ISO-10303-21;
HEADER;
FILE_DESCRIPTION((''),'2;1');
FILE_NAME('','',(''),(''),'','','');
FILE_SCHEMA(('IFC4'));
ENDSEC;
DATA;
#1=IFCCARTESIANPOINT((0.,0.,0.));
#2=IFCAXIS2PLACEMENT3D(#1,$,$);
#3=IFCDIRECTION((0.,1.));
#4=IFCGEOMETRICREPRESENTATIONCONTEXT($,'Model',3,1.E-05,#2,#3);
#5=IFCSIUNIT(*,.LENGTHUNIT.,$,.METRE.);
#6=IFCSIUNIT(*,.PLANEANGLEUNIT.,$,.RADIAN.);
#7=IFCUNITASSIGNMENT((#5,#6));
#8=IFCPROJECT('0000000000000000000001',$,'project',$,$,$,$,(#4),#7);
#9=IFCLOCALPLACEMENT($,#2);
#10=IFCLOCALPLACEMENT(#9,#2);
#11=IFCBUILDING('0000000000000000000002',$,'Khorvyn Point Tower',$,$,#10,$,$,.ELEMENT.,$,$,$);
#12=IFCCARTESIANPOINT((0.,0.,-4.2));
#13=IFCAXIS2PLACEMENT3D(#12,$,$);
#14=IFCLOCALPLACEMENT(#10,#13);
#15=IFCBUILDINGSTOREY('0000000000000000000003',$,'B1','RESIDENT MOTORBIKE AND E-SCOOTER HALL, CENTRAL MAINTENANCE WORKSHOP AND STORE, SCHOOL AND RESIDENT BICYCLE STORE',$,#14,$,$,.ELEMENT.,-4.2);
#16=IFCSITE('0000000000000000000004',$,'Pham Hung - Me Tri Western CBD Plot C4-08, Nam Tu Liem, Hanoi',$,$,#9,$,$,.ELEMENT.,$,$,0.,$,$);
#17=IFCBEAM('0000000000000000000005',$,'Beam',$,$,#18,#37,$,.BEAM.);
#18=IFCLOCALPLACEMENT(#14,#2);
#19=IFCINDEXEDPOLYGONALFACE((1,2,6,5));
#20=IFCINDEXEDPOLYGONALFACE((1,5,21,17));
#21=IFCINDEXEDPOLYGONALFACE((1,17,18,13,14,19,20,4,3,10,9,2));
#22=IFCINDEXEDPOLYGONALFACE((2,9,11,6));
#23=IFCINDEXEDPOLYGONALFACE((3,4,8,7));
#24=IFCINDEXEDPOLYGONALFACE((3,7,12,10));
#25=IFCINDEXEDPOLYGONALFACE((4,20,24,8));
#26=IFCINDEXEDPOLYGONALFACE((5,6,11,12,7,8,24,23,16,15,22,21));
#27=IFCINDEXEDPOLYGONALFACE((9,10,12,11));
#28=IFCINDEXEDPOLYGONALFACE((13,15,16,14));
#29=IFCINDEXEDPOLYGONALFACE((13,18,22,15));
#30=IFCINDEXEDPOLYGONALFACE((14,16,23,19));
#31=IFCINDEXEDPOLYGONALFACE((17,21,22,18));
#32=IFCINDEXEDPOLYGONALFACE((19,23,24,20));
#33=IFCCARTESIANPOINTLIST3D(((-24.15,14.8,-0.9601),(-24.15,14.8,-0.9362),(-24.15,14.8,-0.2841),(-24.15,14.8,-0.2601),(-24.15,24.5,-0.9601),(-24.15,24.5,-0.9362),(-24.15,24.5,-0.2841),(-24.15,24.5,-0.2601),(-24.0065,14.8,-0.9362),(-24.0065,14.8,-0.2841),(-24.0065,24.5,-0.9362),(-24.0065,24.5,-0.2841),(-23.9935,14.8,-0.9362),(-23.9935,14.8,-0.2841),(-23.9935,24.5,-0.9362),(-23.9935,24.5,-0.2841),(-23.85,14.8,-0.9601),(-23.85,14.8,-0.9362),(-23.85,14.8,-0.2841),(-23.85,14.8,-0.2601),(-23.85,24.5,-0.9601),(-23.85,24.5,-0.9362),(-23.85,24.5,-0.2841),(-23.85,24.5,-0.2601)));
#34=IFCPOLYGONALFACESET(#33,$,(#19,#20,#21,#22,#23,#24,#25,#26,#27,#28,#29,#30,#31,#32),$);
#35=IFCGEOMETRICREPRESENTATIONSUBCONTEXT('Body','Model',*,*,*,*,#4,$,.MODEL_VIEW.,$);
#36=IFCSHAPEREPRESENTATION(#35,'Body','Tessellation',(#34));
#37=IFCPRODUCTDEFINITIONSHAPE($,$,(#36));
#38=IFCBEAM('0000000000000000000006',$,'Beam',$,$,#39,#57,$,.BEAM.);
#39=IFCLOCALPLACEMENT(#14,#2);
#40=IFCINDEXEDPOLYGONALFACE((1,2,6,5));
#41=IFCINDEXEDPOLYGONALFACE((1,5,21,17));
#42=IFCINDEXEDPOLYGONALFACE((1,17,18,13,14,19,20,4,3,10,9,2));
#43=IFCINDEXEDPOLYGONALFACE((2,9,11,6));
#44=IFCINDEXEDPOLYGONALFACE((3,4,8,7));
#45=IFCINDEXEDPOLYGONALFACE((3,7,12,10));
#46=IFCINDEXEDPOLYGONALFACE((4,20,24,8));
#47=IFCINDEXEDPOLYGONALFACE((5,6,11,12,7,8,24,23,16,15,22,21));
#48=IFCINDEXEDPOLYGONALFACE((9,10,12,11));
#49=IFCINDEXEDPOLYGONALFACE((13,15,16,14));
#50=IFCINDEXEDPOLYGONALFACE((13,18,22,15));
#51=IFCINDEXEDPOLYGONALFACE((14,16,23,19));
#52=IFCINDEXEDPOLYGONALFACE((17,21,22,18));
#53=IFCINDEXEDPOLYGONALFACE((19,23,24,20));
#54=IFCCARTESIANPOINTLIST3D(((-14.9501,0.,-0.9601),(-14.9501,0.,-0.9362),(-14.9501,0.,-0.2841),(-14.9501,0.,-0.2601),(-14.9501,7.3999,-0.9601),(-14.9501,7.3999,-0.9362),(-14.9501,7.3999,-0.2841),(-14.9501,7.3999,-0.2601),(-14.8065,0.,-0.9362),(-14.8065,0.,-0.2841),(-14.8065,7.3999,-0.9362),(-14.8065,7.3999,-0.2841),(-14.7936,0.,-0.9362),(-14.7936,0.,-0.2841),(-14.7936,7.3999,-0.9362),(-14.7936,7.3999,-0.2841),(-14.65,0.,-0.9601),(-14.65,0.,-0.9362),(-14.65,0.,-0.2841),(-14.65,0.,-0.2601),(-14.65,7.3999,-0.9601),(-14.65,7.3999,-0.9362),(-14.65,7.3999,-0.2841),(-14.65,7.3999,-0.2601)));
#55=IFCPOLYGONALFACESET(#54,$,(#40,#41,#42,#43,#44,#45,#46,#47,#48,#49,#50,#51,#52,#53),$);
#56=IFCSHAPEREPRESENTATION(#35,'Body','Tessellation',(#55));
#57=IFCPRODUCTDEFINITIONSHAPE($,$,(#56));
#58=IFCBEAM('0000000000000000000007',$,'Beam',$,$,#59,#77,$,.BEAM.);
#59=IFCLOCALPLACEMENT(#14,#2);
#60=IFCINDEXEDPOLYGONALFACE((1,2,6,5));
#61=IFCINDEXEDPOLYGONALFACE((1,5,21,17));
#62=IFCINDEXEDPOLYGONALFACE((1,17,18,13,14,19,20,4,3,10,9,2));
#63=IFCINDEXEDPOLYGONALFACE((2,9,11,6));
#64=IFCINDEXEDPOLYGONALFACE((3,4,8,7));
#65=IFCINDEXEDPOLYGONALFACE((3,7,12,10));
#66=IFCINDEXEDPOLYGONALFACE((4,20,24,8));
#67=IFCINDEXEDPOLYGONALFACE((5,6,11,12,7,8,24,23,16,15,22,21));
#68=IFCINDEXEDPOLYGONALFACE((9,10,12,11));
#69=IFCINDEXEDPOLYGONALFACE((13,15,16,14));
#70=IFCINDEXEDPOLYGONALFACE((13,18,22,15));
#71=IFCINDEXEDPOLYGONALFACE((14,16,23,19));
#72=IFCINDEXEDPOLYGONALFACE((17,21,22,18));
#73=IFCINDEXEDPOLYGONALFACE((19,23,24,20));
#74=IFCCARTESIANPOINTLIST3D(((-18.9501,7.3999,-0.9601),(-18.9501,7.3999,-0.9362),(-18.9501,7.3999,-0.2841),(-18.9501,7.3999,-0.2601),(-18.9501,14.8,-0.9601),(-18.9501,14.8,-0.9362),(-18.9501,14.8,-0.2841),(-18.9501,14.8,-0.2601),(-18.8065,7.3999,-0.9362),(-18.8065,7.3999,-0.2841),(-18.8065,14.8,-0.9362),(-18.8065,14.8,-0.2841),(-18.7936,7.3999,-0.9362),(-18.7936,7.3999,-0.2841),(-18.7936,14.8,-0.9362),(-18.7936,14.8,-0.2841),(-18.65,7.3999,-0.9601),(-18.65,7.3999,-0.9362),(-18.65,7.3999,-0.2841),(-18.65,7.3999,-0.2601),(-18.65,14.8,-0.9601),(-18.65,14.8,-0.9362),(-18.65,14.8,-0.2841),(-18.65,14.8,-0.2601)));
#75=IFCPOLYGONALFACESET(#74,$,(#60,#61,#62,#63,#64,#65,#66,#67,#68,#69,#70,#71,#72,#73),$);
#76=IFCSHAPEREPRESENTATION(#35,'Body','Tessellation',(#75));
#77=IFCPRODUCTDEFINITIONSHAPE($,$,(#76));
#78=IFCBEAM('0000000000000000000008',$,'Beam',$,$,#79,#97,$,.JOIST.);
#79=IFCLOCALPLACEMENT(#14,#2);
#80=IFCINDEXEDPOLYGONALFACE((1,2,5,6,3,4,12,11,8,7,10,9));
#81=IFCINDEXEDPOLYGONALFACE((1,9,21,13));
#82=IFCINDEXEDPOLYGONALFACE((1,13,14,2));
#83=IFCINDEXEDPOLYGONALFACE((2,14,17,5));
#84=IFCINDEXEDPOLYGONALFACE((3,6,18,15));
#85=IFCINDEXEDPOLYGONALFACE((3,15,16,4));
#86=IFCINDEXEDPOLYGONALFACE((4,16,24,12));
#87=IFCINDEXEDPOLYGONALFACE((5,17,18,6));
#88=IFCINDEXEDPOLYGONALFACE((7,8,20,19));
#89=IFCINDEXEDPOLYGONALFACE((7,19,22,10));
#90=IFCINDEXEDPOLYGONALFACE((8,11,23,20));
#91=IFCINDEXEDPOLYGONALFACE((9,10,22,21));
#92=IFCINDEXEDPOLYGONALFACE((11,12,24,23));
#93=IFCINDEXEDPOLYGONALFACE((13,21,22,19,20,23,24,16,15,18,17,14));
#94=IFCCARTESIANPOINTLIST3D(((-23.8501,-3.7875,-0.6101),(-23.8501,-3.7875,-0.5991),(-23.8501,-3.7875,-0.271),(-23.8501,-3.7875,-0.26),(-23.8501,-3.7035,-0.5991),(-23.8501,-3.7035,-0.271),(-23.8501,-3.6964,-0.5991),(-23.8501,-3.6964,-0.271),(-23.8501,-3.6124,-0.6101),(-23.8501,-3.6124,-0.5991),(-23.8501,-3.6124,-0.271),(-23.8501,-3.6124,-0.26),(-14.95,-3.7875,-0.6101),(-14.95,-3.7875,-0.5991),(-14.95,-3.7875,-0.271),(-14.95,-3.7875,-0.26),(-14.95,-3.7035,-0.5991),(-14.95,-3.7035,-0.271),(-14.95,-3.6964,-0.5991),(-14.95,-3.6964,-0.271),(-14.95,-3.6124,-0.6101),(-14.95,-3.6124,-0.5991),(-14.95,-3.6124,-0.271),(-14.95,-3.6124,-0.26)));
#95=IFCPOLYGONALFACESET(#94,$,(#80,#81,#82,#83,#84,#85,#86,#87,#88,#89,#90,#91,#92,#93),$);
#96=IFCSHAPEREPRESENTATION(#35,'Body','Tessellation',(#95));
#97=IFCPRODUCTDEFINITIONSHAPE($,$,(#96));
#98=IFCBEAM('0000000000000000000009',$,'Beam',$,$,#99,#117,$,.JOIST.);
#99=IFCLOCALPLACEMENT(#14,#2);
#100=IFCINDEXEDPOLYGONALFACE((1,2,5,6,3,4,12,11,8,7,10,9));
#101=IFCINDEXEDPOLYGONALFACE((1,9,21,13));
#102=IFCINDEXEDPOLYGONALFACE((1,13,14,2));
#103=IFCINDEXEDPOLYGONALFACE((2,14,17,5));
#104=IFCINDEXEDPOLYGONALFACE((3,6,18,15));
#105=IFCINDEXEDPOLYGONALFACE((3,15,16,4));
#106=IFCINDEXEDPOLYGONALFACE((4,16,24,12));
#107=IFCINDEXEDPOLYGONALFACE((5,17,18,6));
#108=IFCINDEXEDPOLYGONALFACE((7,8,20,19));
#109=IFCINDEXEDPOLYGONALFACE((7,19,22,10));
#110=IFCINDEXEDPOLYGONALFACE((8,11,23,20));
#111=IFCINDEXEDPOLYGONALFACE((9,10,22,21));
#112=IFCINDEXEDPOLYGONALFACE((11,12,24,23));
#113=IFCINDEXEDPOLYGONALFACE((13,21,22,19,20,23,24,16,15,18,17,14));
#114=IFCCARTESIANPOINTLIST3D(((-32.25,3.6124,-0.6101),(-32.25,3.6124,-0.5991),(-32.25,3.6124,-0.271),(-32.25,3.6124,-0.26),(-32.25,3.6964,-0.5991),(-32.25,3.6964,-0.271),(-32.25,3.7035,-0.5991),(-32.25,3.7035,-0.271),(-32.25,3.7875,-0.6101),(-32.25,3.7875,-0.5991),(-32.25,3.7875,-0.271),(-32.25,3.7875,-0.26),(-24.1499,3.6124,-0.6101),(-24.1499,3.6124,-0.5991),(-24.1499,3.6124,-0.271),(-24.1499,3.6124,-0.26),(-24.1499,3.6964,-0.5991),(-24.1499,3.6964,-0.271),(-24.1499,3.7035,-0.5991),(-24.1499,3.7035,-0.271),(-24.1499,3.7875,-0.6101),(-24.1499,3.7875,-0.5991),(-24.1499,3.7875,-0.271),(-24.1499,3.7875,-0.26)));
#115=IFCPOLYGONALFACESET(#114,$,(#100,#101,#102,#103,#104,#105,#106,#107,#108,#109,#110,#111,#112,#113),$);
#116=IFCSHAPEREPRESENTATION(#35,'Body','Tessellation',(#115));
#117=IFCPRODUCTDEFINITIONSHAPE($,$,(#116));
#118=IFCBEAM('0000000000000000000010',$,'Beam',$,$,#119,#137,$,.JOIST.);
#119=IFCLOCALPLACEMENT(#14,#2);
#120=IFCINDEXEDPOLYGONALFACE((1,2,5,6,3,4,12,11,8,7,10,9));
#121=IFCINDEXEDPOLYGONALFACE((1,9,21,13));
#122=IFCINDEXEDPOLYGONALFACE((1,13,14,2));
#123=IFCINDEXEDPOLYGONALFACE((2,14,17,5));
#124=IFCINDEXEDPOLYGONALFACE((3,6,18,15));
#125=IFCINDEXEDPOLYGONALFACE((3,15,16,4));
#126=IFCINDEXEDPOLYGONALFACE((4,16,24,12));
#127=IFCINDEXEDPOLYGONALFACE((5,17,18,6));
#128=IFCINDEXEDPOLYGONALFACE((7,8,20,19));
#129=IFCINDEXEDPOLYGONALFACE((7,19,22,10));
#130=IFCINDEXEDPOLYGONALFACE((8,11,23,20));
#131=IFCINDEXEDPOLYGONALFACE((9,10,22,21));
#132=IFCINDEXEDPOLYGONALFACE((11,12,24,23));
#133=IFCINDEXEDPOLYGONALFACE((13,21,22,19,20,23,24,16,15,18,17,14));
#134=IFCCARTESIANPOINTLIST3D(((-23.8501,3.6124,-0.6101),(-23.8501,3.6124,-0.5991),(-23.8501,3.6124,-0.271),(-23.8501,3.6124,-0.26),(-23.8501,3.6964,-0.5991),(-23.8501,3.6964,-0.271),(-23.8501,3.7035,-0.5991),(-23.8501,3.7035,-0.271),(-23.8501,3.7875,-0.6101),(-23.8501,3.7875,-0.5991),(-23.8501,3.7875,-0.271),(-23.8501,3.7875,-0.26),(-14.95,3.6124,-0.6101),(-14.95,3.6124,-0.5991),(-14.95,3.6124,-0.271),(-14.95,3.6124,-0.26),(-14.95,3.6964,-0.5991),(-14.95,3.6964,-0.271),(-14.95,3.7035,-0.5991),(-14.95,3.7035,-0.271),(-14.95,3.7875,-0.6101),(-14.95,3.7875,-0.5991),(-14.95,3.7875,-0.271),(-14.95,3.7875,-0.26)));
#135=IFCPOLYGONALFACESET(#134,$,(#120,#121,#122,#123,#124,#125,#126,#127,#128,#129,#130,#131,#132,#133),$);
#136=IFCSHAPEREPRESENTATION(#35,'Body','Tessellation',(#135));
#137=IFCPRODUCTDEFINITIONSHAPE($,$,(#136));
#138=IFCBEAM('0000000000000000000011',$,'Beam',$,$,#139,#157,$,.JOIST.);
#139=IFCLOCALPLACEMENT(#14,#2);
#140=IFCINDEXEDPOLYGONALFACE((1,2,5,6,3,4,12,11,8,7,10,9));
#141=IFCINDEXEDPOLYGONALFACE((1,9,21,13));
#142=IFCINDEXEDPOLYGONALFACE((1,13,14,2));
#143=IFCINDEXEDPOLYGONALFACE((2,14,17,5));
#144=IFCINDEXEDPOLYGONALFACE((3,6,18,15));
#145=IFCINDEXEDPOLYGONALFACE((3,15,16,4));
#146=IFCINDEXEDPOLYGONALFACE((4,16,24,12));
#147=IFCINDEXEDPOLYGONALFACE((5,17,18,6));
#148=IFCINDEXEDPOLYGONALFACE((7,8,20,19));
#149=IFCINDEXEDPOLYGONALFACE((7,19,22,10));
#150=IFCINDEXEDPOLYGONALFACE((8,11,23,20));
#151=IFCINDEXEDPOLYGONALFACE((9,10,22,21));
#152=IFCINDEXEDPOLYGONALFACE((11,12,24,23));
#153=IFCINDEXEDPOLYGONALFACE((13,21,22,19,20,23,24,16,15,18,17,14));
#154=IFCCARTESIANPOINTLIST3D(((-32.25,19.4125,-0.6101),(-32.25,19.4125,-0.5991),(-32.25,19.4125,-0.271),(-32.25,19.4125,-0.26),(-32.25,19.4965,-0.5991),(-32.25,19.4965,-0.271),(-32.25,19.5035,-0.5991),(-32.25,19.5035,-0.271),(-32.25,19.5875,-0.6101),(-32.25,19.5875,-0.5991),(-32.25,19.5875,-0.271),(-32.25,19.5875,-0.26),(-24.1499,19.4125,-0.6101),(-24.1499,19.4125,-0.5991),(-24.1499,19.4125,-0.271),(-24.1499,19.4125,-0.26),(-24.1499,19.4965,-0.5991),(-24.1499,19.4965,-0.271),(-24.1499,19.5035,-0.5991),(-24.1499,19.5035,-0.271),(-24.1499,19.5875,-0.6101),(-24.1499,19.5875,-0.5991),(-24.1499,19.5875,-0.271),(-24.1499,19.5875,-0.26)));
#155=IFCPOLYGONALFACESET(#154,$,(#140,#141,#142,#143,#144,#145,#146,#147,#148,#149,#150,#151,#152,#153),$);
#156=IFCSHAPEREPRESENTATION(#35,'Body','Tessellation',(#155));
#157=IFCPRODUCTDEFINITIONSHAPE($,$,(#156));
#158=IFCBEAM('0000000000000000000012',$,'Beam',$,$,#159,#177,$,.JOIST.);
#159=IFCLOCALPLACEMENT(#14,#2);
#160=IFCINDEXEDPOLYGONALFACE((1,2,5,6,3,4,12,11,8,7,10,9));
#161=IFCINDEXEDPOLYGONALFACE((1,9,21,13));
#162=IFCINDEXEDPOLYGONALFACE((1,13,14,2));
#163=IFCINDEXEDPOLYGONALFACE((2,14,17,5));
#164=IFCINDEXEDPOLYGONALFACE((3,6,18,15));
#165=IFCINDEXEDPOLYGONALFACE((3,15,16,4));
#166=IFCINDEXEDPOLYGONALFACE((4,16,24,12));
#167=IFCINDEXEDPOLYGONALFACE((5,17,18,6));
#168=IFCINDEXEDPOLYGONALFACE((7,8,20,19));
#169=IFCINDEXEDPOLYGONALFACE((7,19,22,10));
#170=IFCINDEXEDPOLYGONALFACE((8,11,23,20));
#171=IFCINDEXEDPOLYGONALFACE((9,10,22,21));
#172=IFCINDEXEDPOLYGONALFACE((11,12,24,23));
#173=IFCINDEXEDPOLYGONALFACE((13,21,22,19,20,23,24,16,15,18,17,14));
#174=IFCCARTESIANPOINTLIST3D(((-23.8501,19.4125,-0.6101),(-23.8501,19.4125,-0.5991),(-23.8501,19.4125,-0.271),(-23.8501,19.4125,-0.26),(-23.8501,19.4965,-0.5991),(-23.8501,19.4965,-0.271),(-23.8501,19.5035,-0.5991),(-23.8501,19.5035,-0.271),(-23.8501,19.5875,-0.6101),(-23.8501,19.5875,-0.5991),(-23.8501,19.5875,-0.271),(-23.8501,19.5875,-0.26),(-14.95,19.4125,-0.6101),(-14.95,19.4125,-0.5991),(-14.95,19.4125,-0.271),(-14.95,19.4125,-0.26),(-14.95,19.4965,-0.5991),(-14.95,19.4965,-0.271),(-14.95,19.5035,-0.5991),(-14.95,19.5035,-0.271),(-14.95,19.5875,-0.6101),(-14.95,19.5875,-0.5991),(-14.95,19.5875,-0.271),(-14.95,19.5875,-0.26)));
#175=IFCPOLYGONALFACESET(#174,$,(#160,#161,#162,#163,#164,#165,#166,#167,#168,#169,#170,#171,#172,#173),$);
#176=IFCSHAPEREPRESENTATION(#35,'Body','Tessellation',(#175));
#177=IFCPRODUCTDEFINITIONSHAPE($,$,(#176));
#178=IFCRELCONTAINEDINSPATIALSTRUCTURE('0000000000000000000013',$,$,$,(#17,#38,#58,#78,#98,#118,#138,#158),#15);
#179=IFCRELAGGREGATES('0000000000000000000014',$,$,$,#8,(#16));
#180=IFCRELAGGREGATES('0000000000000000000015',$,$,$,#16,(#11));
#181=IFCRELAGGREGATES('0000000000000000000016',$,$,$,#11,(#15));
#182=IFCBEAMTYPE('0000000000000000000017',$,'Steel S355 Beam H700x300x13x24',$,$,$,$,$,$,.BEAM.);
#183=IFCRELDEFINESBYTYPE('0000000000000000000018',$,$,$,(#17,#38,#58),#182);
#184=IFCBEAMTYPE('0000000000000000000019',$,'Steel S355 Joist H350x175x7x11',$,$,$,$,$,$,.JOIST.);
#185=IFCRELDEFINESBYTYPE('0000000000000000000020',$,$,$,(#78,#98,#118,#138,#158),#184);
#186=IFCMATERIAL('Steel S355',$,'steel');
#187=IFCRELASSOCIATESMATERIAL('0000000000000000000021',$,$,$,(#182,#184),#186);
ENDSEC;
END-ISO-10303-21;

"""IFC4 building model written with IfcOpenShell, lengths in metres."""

from ifc_helpers import new_model, si_unit, direction, frame, origin, origin_2d, place, context, subcontext, project, spatial, i_section, extrude, material, material_profile, profile_set, type_object, element, save


model = new_model("IFC4")

# Units and contexts
model_context = context("Model", 3, precision=1e-05, world=origin(), true_north=direction((0.0, 1.0)))
body_context = subcontext(model_context, "Body", "Model", "MODEL_VIEW")
ifc_project = project(units=[si_unit("LENGTHUNIT", "METRE"), si_unit("PLANEANGLEUNIT", "RADIAN")], contexts=[model_context])

# Site, building, storey
site_placement = place(None, origin())
site = spatial("IfcSite", under=ifc_project, at=site_placement, Name="Pham Hung - Me Tri Western CBD Plot C4-08, Nam Tu Liem, Hanoi", CompositionType="ELEMENT", RefElevation=0.0)
building_placement = place(site_placement, origin())
building = spatial("IfcBuilding", under=site, at=building_placement, Name="Khorvyn Point Tower", CompositionType="ELEMENT")
storey_placement = place(building_placement, frame((0.0, 0.0, -4.2)))
storey = spatial("IfcBuildingStorey", under=building, at=storey_placement, Name="B1", Description="RESIDENT MOTORBIKE AND E-SCOOTER HALL, CENTRAL MAINTENANCE WORKSHOP AND STORE, SCHOOL AND RESIDENT BICYCLE STORE", CompositionType="ELEMENT", Elevation=-4.2)

# Beams
ifc_material_1 = material(Name="Steel S355", Category="steel")
ifc_material_profile_1 = material_profile(ifc_material_1, i_section(OverallWidth=0.3, OverallDepth=0.7, WebThickness=0.0129, FlangeThickness=0.0239, at=origin_2d()))
ifc_profile_set_1 = profile_set([ifc_material_profile_1], Name="Steel S355 H700x300x13x24")
beam_type_1 = type_object("IfcBeamType", Name="Steel S355 Beam H700x300x13x24", PredefinedType="BEAM", material=ifc_profile_set_1)
beam_1_placement = place(storey_placement, frame((-24.0, 14.8, -0.6101), z_axis=(0.0, 1.0, 0.0), x_axis=(-1.0, 0.0, 0.0)))
element("IfcBeam", 1, at=beam_1_placement, inside=storey, type_object=beam_type_1, Name="Beam", PredefinedType="BEAM", context=body_context, shape_type="SweptSolid", body=[
    extrude(i_section(OverallWidth=0.3, OverallDepth=0.7, WebThickness=0.0129, FlangeThickness=0.0239, at=origin_2d()), origin(), (0.0, 0.0, 1.0), 9.7),
])
beam_2_placement = place(storey_placement, frame((-14.8, 0.0, -0.6101), z_axis=(0.0, 1.0, 0.0), x_axis=(-1.0, 0.0, 0.0)))
element("IfcBeam", 2, at=beam_2_placement, inside=storey, type_object=beam_type_1, Name="Beam", PredefinedType="BEAM", context=body_context, shape_type="SweptSolid", body=[
    extrude(i_section(OverallWidth=0.3, OverallDepth=0.7, WebThickness=0.0129, FlangeThickness=0.0239, at=origin_2d()), origin(), (0.0, 0.0, 1.0), 7.3999),
])
beam_3_placement = place(storey_placement, frame((-18.8, 7.3999, -0.6101), z_axis=(0.0, 1.0, 0.0), x_axis=(-1.0, 0.0, 0.0)))
element("IfcBeam", 3, at=beam_3_placement, inside=storey, type_object=beam_type_1, Name="Beam", PredefinedType="BEAM", context=body_context, shape_type="SweptSolid", body=[
    extrude(i_section(OverallWidth=0.3, OverallDepth=0.7, WebThickness=0.0129, FlangeThickness=0.0239, at=origin_2d()), origin(), (0.0, 0.0, 1.0), 7.4001),
])
ifc_material_profile_2 = material_profile(ifc_material_1, i_section(OverallWidth=0.175, OverallDepth=0.3501, WebThickness=0.0071, FlangeThickness=0.011, at=origin_2d()))
ifc_profile_set_2 = profile_set([ifc_material_profile_2], Name="Steel S355 H350x175x7x11")
beam_type_2 = type_object("IfcBeamType", Name="Steel S355 Joist H350x175x7x11", PredefinedType="JOIST", material=ifc_profile_set_2)
beam_4_placement = place(storey_placement, frame((-23.8501, -3.7, -0.4351), z_axis=(1.0, 0.0, 0.0), x_axis=(0.0, 1.0, 0.0)))
element("IfcBeam", 4, at=beam_4_placement, inside=storey, type_object=beam_type_2, Name="Beam", PredefinedType="JOIST", context=body_context, shape_type="SweptSolid", body=[
    extrude(i_section(OverallWidth=0.175, OverallDepth=0.3501, WebThickness=0.0071, FlangeThickness=0.011, at=origin_2d()), origin(), (0.0, 0.0, 1.0), 8.9001),
])
beam_5_placement = place(storey_placement, frame((-32.25, 3.7, -0.4351), z_axis=(1.0, 0.0, 0.0), x_axis=(0.0, 1.0, 0.0)))
element("IfcBeam", 5, at=beam_5_placement, inside=storey, type_object=beam_type_2, Name="Beam", PredefinedType="JOIST", context=body_context, shape_type="SweptSolid", body=[
    extrude(i_section(OverallWidth=0.175, OverallDepth=0.3501, WebThickness=0.0071, FlangeThickness=0.011, at=origin_2d()), origin(), (0.0, 0.0, 1.0), 8.1001),
])
beam_6_placement = place(storey_placement, frame((-23.8501, 3.7, -0.4351), z_axis=(1.0, 0.0, 0.0), x_axis=(0.0, 1.0, 0.0)))
element("IfcBeam", 6, at=beam_6_placement, inside=storey, type_object=beam_type_2, Name="Beam", PredefinedType="JOIST", context=body_context, shape_type="SweptSolid", body=[
    extrude(i_section(OverallWidth=0.175, OverallDepth=0.3501, WebThickness=0.0071, FlangeThickness=0.011, at=origin_2d()), origin(), (0.0, 0.0, 1.0), 8.9001),
])
beam_7_placement = place(storey_placement, frame((-32.25, 19.5, -0.4351), z_axis=(1.0, 0.0, 0.0), x_axis=(0.0, 1.0, 0.0)))
element("IfcBeam", 7, at=beam_7_placement, inside=storey, type_object=beam_type_2, Name="Beam", PredefinedType="JOIST", context=body_context, shape_type="SweptSolid", body=[
    extrude(i_section(OverallWidth=0.175, OverallDepth=0.3501, WebThickness=0.0071, FlangeThickness=0.011, at=origin_2d()), origin(), (0.0, 0.0, 1.0), 8.1001),
])
beam_8_placement = place(storey_placement, frame((-23.8501, 19.5, -0.4351), z_axis=(1.0, 0.0, 0.0), x_axis=(0.0, 1.0, 0.0)))
element("IfcBeam", 8, at=beam_8_placement, inside=storey, type_object=beam_type_2, Name="Beam", PredefinedType="JOIST", context=body_context, shape_type="SweptSolid", body=[
    extrude(i_section(OverallWidth=0.175, OverallDepth=0.3501, WebThickness=0.0071, FlangeThickness=0.011, at=origin_2d()), origin(), (0.0, 0.0, 1.0), 8.9001),
])

save(model, "model.ifc")
